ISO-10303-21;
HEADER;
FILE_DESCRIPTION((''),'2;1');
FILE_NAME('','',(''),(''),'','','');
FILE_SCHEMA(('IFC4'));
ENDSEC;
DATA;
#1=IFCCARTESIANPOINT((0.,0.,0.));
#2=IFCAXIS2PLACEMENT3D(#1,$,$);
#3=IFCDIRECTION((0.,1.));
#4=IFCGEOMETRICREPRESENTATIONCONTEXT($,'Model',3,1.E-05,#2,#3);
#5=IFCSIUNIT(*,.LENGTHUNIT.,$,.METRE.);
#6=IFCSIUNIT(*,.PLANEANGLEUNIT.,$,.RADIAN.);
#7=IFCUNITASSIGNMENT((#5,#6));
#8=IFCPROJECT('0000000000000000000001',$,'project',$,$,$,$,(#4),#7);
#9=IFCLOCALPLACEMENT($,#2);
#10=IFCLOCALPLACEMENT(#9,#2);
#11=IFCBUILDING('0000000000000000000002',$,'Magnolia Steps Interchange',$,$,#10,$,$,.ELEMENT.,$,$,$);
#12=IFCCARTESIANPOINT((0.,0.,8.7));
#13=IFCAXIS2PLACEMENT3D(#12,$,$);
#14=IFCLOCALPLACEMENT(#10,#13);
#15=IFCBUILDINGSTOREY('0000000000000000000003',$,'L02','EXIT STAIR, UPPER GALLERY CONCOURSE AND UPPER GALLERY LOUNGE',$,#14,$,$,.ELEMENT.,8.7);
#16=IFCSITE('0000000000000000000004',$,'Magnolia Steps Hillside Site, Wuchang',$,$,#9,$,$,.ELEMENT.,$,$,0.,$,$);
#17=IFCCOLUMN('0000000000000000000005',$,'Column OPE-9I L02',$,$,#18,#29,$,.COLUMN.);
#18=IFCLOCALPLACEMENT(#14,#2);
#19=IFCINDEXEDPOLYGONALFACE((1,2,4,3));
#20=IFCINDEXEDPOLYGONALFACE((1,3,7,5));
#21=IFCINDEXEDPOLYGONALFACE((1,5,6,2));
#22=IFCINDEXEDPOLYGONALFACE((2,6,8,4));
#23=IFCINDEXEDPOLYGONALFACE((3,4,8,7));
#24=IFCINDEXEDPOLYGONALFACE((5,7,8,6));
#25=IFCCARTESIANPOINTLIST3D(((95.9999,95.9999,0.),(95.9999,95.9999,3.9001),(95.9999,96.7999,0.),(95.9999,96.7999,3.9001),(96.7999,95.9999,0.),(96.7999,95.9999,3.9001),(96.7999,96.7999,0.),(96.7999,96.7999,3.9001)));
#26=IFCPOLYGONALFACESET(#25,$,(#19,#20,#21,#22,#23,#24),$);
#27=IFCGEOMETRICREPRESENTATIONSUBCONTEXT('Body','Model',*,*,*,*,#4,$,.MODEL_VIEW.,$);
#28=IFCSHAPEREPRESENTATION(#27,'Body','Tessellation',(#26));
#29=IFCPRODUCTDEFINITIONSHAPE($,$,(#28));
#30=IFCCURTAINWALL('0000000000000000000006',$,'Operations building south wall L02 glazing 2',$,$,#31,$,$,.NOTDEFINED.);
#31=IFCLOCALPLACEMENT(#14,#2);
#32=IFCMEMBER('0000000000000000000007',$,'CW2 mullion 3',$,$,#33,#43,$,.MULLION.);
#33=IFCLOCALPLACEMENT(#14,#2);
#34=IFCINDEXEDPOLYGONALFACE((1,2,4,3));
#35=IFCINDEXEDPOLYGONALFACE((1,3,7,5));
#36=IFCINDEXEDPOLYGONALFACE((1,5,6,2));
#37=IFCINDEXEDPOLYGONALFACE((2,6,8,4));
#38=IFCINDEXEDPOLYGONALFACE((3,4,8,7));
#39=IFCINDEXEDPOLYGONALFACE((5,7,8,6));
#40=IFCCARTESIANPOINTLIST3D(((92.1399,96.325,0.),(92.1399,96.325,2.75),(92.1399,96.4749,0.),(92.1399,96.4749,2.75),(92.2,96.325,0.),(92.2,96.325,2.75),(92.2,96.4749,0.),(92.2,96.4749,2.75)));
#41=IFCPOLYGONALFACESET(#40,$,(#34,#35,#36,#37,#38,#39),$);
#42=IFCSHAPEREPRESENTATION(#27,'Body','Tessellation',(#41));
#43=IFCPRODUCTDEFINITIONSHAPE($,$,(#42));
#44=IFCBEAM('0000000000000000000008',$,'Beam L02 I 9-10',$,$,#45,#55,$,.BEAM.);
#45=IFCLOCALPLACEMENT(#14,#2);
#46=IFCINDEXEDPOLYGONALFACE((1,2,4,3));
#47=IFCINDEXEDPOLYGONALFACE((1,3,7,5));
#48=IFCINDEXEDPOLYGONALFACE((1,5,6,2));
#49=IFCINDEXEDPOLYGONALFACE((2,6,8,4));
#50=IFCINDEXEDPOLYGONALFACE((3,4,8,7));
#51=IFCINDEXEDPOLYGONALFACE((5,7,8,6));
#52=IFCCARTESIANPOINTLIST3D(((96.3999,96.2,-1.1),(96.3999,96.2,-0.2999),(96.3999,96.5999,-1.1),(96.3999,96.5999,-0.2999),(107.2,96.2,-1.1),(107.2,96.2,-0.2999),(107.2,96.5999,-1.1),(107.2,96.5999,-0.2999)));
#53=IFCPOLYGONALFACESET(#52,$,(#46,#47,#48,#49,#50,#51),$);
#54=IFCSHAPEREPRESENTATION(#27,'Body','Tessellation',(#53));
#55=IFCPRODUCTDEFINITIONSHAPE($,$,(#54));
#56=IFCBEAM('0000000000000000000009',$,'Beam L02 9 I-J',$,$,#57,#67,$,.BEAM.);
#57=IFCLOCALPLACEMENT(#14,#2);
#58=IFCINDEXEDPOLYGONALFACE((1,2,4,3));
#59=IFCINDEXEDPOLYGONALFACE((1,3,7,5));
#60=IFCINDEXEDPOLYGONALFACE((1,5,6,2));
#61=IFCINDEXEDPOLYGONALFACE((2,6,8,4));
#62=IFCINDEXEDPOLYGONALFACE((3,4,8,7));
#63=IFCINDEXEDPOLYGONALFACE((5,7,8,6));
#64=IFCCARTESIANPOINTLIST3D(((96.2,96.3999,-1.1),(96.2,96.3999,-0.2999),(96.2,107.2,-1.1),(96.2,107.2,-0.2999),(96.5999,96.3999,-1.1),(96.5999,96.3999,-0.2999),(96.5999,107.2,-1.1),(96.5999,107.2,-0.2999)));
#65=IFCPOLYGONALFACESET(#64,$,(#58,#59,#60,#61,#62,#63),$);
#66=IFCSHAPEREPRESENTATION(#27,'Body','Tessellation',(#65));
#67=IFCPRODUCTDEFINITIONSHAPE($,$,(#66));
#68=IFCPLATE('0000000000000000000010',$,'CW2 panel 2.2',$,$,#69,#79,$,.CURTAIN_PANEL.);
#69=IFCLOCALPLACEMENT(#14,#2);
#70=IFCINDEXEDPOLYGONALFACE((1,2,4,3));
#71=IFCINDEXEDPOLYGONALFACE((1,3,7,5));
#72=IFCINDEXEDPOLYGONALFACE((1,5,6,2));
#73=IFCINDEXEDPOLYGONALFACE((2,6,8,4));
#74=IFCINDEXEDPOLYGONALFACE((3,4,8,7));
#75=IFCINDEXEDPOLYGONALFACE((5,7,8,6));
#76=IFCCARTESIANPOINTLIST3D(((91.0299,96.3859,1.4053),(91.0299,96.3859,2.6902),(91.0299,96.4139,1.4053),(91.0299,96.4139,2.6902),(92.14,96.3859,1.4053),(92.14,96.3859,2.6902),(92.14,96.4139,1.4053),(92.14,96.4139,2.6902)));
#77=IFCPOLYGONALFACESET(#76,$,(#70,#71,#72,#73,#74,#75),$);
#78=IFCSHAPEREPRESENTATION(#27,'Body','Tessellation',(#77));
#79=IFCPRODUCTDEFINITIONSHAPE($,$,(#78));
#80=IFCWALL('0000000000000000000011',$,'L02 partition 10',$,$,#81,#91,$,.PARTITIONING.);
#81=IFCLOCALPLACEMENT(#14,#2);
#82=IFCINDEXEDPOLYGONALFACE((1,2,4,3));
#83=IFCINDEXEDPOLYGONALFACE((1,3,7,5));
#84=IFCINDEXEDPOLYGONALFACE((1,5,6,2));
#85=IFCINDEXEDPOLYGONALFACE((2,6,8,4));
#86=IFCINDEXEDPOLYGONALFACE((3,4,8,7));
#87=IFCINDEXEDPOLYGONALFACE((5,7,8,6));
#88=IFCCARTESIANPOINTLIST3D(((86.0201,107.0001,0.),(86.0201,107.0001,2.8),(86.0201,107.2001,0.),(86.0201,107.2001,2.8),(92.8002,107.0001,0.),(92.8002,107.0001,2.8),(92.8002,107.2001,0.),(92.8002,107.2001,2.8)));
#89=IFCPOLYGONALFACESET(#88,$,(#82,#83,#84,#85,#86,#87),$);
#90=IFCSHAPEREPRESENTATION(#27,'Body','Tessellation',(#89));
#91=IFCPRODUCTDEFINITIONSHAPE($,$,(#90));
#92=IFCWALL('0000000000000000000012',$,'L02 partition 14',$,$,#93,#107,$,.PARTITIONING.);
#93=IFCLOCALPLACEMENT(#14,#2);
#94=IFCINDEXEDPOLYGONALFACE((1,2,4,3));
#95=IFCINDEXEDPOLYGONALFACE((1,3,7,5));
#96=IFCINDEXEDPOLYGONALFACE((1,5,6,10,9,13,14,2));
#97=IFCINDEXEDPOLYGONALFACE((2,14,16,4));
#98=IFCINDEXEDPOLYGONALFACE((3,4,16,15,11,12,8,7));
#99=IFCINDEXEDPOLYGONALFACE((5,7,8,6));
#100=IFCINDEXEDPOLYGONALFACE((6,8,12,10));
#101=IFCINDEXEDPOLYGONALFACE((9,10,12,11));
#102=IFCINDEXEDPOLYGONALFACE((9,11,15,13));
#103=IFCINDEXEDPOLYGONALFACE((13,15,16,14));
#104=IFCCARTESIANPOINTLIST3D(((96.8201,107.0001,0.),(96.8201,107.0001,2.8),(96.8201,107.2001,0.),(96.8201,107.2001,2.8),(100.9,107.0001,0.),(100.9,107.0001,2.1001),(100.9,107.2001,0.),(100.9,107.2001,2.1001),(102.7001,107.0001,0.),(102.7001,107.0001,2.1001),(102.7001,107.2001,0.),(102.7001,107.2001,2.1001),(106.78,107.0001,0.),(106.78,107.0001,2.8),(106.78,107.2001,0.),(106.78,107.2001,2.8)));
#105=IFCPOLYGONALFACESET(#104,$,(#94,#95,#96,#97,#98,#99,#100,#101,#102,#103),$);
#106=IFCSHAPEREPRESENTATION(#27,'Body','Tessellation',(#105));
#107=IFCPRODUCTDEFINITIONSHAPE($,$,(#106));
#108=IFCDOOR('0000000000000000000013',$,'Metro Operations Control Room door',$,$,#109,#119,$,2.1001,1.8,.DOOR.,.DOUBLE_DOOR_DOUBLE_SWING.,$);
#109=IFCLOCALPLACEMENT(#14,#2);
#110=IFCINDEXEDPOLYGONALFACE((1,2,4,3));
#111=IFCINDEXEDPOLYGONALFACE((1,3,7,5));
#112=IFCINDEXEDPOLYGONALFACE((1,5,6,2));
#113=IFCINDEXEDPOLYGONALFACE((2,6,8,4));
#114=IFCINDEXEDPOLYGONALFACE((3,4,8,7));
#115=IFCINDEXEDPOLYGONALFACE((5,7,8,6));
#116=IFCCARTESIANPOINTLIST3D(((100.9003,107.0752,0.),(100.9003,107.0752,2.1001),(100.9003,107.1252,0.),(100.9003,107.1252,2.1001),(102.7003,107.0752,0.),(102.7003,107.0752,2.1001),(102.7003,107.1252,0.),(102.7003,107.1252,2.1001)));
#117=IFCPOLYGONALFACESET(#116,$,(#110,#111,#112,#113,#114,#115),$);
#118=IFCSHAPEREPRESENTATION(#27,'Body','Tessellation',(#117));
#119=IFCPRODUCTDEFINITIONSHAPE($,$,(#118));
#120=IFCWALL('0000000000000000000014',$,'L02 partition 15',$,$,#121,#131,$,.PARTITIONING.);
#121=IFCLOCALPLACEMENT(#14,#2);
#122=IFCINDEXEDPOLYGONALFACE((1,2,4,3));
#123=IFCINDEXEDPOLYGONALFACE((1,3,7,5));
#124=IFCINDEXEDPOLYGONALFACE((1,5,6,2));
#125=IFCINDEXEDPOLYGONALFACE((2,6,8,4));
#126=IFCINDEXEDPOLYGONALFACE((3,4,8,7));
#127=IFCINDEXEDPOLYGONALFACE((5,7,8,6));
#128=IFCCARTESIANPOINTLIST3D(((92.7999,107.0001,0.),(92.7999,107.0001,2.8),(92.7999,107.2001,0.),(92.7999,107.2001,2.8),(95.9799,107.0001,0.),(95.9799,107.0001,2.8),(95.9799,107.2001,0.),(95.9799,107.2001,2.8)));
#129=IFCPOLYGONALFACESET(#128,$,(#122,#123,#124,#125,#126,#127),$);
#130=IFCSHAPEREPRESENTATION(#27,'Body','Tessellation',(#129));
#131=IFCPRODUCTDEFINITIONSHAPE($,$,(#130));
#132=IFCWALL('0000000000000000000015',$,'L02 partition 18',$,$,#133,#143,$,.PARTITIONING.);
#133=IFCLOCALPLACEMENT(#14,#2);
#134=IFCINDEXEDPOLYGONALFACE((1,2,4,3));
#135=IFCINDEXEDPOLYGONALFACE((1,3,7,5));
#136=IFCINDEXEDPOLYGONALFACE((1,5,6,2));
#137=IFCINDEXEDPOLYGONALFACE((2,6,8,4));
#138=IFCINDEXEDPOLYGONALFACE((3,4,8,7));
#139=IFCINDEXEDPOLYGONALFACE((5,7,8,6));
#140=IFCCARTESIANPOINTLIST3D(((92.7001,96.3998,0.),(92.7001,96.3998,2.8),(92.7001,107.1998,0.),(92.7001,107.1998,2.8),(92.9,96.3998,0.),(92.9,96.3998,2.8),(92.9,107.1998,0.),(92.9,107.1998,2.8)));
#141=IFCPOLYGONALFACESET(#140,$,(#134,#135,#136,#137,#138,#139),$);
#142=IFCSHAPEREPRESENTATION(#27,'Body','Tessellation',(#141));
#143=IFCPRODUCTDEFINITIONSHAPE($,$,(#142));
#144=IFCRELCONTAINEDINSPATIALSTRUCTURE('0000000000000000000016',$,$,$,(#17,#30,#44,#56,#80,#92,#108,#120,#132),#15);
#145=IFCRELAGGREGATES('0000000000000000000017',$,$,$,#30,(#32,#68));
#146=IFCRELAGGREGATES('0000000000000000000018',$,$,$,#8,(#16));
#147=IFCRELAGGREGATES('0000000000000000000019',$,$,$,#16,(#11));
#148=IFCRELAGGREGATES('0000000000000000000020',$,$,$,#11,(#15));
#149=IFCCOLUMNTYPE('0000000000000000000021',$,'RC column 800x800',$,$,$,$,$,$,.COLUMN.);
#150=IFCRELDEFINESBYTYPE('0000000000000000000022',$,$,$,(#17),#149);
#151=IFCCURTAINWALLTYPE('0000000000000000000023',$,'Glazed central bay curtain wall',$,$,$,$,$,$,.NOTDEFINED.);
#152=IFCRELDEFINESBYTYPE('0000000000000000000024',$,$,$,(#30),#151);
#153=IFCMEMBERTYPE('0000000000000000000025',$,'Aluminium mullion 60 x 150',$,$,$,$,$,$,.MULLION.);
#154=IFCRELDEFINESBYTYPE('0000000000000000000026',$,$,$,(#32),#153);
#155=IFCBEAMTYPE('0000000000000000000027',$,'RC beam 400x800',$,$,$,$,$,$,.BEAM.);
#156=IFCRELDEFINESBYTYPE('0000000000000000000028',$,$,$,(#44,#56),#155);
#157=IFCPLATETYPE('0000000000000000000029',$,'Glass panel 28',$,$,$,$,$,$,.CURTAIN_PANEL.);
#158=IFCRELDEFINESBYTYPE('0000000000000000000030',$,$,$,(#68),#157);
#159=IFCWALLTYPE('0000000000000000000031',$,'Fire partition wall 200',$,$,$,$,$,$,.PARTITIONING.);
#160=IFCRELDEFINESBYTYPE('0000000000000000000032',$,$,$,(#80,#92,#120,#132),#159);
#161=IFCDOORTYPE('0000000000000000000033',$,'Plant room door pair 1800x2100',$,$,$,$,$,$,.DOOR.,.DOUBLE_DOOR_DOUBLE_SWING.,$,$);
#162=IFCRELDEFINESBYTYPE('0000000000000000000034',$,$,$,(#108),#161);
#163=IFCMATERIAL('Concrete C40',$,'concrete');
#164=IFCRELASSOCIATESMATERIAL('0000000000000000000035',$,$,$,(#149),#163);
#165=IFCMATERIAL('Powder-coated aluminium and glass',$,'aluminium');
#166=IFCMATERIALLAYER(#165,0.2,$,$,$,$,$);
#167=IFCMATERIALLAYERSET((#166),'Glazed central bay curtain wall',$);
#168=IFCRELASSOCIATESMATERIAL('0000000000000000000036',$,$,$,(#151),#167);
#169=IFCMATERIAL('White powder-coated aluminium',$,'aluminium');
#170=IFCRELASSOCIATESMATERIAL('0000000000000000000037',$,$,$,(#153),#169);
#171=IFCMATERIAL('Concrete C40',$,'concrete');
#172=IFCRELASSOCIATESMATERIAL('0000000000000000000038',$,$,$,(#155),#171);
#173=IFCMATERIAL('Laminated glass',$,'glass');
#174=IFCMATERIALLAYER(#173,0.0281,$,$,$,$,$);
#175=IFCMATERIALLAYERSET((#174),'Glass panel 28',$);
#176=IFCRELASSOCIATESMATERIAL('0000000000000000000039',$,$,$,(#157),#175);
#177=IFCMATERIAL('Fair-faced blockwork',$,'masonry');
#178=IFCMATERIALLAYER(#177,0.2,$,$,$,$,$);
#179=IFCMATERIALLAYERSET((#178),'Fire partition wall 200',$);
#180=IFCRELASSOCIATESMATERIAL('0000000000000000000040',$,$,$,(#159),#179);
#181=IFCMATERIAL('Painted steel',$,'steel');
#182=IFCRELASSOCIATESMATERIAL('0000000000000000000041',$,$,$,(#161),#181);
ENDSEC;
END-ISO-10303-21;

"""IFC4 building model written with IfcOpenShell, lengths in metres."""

from ifc_helpers import new_model, si_unit, direction, frame, frame_2d, origin, origin_2d, place, context, subcontext, project, spatial, rectangle, extrude, material, layer, layer_set, material_profile, profile_set, type_object, element, fill, aggregate, save


model = new_model("IFC4")

# Units and contexts
model_context = context("Model", 3, precision=1e-05, world=origin(), true_north=direction((0.0, 1.0)))
body_context = subcontext(model_context, "Body", "Model", "MODEL_VIEW")
ifc_project = project(units=[si_unit("LENGTHUNIT", "METRE"), si_unit("PLANEANGLEUNIT", "RADIAN")], contexts=[model_context])

# Site, building, storey
site_placement = place(None, origin())
site = spatial("IfcSite", under=ifc_project, at=site_placement, Name="Magnolia Steps Hillside Site, Wuchang", CompositionType="ELEMENT", RefElevation=0.0)
building_placement = place(site_placement, origin())
building = spatial("IfcBuilding", under=site, at=building_placement, Name="Magnolia Steps Interchange", CompositionType="ELEMENT")
storey_placement = place(building_placement, frame((0.0, 0.0, 8.7)))
storey = spatial("IfcBuildingStorey", under=building, at=storey_placement, Name="L02", Description="EXIT STAIR, UPPER GALLERY CONCOURSE AND UPPER GALLERY LOUNGE", CompositionType="ELEMENT", Elevation=8.7)

# Column
ifc_material_1 = material(Name="Concrete C40", Category="concrete")
ifc_material_profile_1 = material_profile(ifc_material_1, rectangle(XDim=0.8, YDim=0.8, at=origin_2d()), Name="RC800x800")
ifc_profile_set_1 = profile_set([ifc_material_profile_1], Name="Concrete C40")
column_type = type_object("IfcColumnType", Name="RC column 800x800", PredefinedType="COLUMN", material=ifc_profile_set_1)
column_placement = place(storey_placement, frame((96.3999, 96.3999, 0.0), z_axis=(0.0, 0.0, 1.0), x_axis=(1.0, 0.0, 0.0)))
element("IfcColumn", 1, at=column_placement, inside=storey, type_object=column_type, Name="Column OPE-9I L02", PredefinedType="COLUMN", context=body_context, shape_type="SweptSolid", body=[
    extrude(rectangle(XDim=0.8, YDim=0.8, at=origin_2d()), origin(), (0.0, 0.0, 1.0), 3.9001),
])

# Curtain wall, member
ifc_material_2 = material(Name="Powder-coated aluminium and glass", Category="aluminium")
ifc_layer_1 = layer(ifc_material_2, 0.2)
ifc_layer_set_1 = layer_set([ifc_layer_1], Name="Glazed central bay curtain wall")
curtain_wall_type = type_object("IfcCurtainWallType", Name="Glazed central bay curtain wall", PredefinedType="NOTDEFINED", material=ifc_layer_set_1)
curtain_wall_placement = place(storey_placement, origin())
curtain_wall = element("IfcCurtainWall", 2, at=curtain_wall_placement, inside=storey, type_object=curtain_wall_type, Name="Operations building south wall L02 glazing 2", PredefinedType="NOTDEFINED")
ifc_material_3 = material(Name="White powder-coated aluminium", Category="aluminium")
ifc_material_profile_2 = material_profile(ifc_material_3, rectangle(XDim=0.0601, YDim=0.1499, at=origin_2d()), Name="Aluminium mullion 60 x 150")
ifc_profile_set_2 = profile_set([ifc_material_profile_2], Name="White powder-coated aluminium")
member_type = type_object("IfcMemberType", Name="Aluminium mullion 60 x 150", PredefinedType="MULLION", material=ifc_profile_set_2)
member_placement = place(storey_placement, frame((92.1699, 96.3999, 0.0), z_axis=(0.0, 0.0, 1.0), x_axis=(1.0, 0.0, 0.0)))
member = element("IfcMember", 3, at=member_placement, type_object=member_type, Name="CW2 mullion 3", PredefinedType="MULLION", context=body_context, shape_type="SweptSolid", body=[
    extrude(rectangle(XDim=0.0601, YDim=0.1499, at=origin_2d()), origin(), (0.0, 0.0, 1.0), 2.75),
])

# Beams
ifc_material_4 = material(Name="Concrete C40", Category="concrete")
ifc_material_profile_3 = material_profile(ifc_material_4, rectangle(XDim=0.3999, YDim=0.8, at=origin_2d()), Name="RC400x800")
ifc_profile_set_3 = profile_set([ifc_material_profile_3], Name="Concrete C40")
beam_type = type_object("IfcBeamType", Name="RC beam 400x800", PredefinedType="BEAM", material=ifc_profile_set_3)
for number, where, z_axis, x_axis, name in (
    (4, (96.3999, 96.3999, -0.7), (1.0, 0.0, 0.0), (0.0, 1.0, 0.0), "Beam L02 I 9-10"),
    (5, (96.3999, 96.3999, -0.7), (0.0, 1.0, 0.0), (-1.0, 0.0, 0.0), "Beam L02 9 I-J"),
):
    element("IfcBeam", number, at=place(storey_placement, frame(where, z_axis=z_axis, x_axis=x_axis)), inside=storey, type_object=beam_type, Name=name, PredefinedType="BEAM", context=body_context, shape_type="SweptSolid", body=[
        extrude(rectangle(XDim=0.3999, YDim=0.8, at=origin_2d()), origin(), (0.0, 0.0, 1.0), 10.8),
    ])

# Plate
ifc_material_5 = material(Name="Laminated glass", Category="glass")
ifc_layer_2 = layer(ifc_material_5, 0.0281)
ifc_layer_set_2 = layer_set([ifc_layer_2], Name="Glass panel 28")
plate_type = type_object("IfcPlateType", Name="Glass panel 28", PredefinedType="CURTAIN_PANEL", material=ifc_layer_set_2)
plate_placement = place(storey_placement, frame((91.585, 96.3999, 1.4053), z_axis=(0.0, 0.0, 1.0), x_axis=(1.0, 0.0, 0.0)))
plate = element("IfcPlate", 6, at=plate_placement, type_object=plate_type, Name="CW2 panel 2.2", PredefinedType="CURTAIN_PANEL", context=body_context, shape_type="SweptSolid", body=[
    extrude(rectangle(XDim=1.1101, YDim=0.0281, at=origin_2d()), origin(), (0.0, 0.0, 1.0), 1.2849),
])
aggregate(curtain_wall, [member, plate])

# Wall
ifc_material_6 = material(Name="Fair-faced blockwork", Category="masonry")
ifc_layer_3 = layer(ifc_material_6, 0.2)
ifc_layer_set_3 = layer_set([ifc_layer_3], Name="Fire partition wall 200")
wall_type_1 = type_object("IfcWallType", Name="Fire partition wall 200", PredefinedType="PARTITIONING", material=ifc_layer_set_3)
wall_1_placement = place(storey_placement, frame((86.02, 107.1001, 0.0), z_axis=(0.0, 0.0, 1.0), x_axis=(1.0, 0.0, 0.0)))
element("IfcWall", 7, at=wall_1_placement, inside=storey, type_object=wall_type_1, Name="L02 partition 10", PredefinedType="PARTITIONING", context=body_context, shape_type="SweptSolid", body=[
    extrude(rectangle(XDim=6.78, YDim=0.2, at=frame_2d((3.3901, 0.0))), origin(), (0.0, 0.0, 1.0), 2.8),
])

# Wall, opening, door
wall_2_placement = place(storey_placement, frame((96.8201, 107.1001, 0.0), z_axis=(0.0, 0.0, 1.0), x_axis=(1.0, 0.0, 0.0)))
wall_2 = element("IfcWall", 8, at=wall_2_placement, inside=storey, type_object=wall_type_1, Name="L02 partition 14", PredefinedType="PARTITIONING", context=body_context, shape_type="SweptSolid", body=[
    extrude(rectangle(XDim=9.96, YDim=0.2, at=frame_2d((4.98, 0.0))), origin(), (0.0, 0.0, 1.0), 2.8),
])
opening_1_placement = place(wall_2_placement, frame((4.0801, 0.0, 0.0)))
opening_1 = element("IfcOpeningElement", 9, at=opening_1_placement, cuts=wall_2, PredefinedType="OPENING", context=body_context, shape_type="SweptSolid", body=[
    extrude(rectangle(XDim=1.8, YDim=2.1001, at=frame_2d((0.8999, 1.05))), frame((0.0, 0.1099, 0.0), z_axis=(0.0, -1.0, 0.0), x_axis=(1.0, 0.0, 0.0)), (0.0, 0.0, 1.0), 0.22),
])
ifc_material_7 = material(Name="Painted steel", Category="steel")
door_type = type_object("IfcDoorType", Name="Plant room door pair 1800x2100", OperationType="DOUBLE_DOOR_DOUBLE_SWING", PredefinedType="DOOR", material=ifc_material_7)
door_placement = place(opening_1_placement, frame((1.8, 0.0, 0.0), z_axis=(0.0, 0.0, 1.0), x_axis=(-1.0, 0.0, 0.0)))
door = element("IfcDoor", 10, at=door_placement, inside=storey, type_object=door_type, Name="Metro Operations Control Room door", OperationType="DOUBLE_DOOR_DOUBLE_SWING", OverallHeight=2.1001, OverallWidth=1.8, PredefinedType="DOOR", context=body_context, shape_type="SweptSolid", body=[
    extrude(rectangle(XDim=1.8, YDim=2.1001, at=frame_2d((0.8999, 1.05))), frame((0.0, 0.0249, 0.0), z_axis=(0.0, -1.0, 0.0), x_axis=(1.0, 0.0, 0.0)), (0.0, 0.0, 1.0), 0.05),
])
fill(opening_1, door)

# Walls
wall_3_placement = place(storey_placement, frame((92.8, 107.1001, 0.0), z_axis=(0.0, 0.0, 1.0), x_axis=(1.0, 0.0, 0.0)))
element("IfcWall", 11, at=wall_3_placement, inside=storey, type_object=wall_type_1, Name="L02 partition 15", PredefinedType="PARTITIONING", context=body_context, shape_type="SweptSolid", body=[
    extrude(rectangle(XDim=3.1799, YDim=0.2, at=frame_2d((1.5898, 0.0))), origin(), (0.0, 0.0, 1.0), 2.8),
])
wall_4_placement = place(storey_placement, frame((92.8, 96.3999, 0.0), z_axis=(0.0, 0.0, 1.0), x_axis=(0.0, 1.0, 0.0)))
element("IfcWall", 12, at=wall_4_placement, inside=storey, type_object=wall_type_1, Name="L02 partition 18", PredefinedType="PARTITIONING", context=body_context, shape_type="SweptSolid", body=[
    extrude(rectangle(XDim=10.8, YDim=0.2, at=frame_2d((5.3999, 0.0))), origin(), (0.0, 0.0, 1.0), 2.8),
])

save(model, "model.ifc")
